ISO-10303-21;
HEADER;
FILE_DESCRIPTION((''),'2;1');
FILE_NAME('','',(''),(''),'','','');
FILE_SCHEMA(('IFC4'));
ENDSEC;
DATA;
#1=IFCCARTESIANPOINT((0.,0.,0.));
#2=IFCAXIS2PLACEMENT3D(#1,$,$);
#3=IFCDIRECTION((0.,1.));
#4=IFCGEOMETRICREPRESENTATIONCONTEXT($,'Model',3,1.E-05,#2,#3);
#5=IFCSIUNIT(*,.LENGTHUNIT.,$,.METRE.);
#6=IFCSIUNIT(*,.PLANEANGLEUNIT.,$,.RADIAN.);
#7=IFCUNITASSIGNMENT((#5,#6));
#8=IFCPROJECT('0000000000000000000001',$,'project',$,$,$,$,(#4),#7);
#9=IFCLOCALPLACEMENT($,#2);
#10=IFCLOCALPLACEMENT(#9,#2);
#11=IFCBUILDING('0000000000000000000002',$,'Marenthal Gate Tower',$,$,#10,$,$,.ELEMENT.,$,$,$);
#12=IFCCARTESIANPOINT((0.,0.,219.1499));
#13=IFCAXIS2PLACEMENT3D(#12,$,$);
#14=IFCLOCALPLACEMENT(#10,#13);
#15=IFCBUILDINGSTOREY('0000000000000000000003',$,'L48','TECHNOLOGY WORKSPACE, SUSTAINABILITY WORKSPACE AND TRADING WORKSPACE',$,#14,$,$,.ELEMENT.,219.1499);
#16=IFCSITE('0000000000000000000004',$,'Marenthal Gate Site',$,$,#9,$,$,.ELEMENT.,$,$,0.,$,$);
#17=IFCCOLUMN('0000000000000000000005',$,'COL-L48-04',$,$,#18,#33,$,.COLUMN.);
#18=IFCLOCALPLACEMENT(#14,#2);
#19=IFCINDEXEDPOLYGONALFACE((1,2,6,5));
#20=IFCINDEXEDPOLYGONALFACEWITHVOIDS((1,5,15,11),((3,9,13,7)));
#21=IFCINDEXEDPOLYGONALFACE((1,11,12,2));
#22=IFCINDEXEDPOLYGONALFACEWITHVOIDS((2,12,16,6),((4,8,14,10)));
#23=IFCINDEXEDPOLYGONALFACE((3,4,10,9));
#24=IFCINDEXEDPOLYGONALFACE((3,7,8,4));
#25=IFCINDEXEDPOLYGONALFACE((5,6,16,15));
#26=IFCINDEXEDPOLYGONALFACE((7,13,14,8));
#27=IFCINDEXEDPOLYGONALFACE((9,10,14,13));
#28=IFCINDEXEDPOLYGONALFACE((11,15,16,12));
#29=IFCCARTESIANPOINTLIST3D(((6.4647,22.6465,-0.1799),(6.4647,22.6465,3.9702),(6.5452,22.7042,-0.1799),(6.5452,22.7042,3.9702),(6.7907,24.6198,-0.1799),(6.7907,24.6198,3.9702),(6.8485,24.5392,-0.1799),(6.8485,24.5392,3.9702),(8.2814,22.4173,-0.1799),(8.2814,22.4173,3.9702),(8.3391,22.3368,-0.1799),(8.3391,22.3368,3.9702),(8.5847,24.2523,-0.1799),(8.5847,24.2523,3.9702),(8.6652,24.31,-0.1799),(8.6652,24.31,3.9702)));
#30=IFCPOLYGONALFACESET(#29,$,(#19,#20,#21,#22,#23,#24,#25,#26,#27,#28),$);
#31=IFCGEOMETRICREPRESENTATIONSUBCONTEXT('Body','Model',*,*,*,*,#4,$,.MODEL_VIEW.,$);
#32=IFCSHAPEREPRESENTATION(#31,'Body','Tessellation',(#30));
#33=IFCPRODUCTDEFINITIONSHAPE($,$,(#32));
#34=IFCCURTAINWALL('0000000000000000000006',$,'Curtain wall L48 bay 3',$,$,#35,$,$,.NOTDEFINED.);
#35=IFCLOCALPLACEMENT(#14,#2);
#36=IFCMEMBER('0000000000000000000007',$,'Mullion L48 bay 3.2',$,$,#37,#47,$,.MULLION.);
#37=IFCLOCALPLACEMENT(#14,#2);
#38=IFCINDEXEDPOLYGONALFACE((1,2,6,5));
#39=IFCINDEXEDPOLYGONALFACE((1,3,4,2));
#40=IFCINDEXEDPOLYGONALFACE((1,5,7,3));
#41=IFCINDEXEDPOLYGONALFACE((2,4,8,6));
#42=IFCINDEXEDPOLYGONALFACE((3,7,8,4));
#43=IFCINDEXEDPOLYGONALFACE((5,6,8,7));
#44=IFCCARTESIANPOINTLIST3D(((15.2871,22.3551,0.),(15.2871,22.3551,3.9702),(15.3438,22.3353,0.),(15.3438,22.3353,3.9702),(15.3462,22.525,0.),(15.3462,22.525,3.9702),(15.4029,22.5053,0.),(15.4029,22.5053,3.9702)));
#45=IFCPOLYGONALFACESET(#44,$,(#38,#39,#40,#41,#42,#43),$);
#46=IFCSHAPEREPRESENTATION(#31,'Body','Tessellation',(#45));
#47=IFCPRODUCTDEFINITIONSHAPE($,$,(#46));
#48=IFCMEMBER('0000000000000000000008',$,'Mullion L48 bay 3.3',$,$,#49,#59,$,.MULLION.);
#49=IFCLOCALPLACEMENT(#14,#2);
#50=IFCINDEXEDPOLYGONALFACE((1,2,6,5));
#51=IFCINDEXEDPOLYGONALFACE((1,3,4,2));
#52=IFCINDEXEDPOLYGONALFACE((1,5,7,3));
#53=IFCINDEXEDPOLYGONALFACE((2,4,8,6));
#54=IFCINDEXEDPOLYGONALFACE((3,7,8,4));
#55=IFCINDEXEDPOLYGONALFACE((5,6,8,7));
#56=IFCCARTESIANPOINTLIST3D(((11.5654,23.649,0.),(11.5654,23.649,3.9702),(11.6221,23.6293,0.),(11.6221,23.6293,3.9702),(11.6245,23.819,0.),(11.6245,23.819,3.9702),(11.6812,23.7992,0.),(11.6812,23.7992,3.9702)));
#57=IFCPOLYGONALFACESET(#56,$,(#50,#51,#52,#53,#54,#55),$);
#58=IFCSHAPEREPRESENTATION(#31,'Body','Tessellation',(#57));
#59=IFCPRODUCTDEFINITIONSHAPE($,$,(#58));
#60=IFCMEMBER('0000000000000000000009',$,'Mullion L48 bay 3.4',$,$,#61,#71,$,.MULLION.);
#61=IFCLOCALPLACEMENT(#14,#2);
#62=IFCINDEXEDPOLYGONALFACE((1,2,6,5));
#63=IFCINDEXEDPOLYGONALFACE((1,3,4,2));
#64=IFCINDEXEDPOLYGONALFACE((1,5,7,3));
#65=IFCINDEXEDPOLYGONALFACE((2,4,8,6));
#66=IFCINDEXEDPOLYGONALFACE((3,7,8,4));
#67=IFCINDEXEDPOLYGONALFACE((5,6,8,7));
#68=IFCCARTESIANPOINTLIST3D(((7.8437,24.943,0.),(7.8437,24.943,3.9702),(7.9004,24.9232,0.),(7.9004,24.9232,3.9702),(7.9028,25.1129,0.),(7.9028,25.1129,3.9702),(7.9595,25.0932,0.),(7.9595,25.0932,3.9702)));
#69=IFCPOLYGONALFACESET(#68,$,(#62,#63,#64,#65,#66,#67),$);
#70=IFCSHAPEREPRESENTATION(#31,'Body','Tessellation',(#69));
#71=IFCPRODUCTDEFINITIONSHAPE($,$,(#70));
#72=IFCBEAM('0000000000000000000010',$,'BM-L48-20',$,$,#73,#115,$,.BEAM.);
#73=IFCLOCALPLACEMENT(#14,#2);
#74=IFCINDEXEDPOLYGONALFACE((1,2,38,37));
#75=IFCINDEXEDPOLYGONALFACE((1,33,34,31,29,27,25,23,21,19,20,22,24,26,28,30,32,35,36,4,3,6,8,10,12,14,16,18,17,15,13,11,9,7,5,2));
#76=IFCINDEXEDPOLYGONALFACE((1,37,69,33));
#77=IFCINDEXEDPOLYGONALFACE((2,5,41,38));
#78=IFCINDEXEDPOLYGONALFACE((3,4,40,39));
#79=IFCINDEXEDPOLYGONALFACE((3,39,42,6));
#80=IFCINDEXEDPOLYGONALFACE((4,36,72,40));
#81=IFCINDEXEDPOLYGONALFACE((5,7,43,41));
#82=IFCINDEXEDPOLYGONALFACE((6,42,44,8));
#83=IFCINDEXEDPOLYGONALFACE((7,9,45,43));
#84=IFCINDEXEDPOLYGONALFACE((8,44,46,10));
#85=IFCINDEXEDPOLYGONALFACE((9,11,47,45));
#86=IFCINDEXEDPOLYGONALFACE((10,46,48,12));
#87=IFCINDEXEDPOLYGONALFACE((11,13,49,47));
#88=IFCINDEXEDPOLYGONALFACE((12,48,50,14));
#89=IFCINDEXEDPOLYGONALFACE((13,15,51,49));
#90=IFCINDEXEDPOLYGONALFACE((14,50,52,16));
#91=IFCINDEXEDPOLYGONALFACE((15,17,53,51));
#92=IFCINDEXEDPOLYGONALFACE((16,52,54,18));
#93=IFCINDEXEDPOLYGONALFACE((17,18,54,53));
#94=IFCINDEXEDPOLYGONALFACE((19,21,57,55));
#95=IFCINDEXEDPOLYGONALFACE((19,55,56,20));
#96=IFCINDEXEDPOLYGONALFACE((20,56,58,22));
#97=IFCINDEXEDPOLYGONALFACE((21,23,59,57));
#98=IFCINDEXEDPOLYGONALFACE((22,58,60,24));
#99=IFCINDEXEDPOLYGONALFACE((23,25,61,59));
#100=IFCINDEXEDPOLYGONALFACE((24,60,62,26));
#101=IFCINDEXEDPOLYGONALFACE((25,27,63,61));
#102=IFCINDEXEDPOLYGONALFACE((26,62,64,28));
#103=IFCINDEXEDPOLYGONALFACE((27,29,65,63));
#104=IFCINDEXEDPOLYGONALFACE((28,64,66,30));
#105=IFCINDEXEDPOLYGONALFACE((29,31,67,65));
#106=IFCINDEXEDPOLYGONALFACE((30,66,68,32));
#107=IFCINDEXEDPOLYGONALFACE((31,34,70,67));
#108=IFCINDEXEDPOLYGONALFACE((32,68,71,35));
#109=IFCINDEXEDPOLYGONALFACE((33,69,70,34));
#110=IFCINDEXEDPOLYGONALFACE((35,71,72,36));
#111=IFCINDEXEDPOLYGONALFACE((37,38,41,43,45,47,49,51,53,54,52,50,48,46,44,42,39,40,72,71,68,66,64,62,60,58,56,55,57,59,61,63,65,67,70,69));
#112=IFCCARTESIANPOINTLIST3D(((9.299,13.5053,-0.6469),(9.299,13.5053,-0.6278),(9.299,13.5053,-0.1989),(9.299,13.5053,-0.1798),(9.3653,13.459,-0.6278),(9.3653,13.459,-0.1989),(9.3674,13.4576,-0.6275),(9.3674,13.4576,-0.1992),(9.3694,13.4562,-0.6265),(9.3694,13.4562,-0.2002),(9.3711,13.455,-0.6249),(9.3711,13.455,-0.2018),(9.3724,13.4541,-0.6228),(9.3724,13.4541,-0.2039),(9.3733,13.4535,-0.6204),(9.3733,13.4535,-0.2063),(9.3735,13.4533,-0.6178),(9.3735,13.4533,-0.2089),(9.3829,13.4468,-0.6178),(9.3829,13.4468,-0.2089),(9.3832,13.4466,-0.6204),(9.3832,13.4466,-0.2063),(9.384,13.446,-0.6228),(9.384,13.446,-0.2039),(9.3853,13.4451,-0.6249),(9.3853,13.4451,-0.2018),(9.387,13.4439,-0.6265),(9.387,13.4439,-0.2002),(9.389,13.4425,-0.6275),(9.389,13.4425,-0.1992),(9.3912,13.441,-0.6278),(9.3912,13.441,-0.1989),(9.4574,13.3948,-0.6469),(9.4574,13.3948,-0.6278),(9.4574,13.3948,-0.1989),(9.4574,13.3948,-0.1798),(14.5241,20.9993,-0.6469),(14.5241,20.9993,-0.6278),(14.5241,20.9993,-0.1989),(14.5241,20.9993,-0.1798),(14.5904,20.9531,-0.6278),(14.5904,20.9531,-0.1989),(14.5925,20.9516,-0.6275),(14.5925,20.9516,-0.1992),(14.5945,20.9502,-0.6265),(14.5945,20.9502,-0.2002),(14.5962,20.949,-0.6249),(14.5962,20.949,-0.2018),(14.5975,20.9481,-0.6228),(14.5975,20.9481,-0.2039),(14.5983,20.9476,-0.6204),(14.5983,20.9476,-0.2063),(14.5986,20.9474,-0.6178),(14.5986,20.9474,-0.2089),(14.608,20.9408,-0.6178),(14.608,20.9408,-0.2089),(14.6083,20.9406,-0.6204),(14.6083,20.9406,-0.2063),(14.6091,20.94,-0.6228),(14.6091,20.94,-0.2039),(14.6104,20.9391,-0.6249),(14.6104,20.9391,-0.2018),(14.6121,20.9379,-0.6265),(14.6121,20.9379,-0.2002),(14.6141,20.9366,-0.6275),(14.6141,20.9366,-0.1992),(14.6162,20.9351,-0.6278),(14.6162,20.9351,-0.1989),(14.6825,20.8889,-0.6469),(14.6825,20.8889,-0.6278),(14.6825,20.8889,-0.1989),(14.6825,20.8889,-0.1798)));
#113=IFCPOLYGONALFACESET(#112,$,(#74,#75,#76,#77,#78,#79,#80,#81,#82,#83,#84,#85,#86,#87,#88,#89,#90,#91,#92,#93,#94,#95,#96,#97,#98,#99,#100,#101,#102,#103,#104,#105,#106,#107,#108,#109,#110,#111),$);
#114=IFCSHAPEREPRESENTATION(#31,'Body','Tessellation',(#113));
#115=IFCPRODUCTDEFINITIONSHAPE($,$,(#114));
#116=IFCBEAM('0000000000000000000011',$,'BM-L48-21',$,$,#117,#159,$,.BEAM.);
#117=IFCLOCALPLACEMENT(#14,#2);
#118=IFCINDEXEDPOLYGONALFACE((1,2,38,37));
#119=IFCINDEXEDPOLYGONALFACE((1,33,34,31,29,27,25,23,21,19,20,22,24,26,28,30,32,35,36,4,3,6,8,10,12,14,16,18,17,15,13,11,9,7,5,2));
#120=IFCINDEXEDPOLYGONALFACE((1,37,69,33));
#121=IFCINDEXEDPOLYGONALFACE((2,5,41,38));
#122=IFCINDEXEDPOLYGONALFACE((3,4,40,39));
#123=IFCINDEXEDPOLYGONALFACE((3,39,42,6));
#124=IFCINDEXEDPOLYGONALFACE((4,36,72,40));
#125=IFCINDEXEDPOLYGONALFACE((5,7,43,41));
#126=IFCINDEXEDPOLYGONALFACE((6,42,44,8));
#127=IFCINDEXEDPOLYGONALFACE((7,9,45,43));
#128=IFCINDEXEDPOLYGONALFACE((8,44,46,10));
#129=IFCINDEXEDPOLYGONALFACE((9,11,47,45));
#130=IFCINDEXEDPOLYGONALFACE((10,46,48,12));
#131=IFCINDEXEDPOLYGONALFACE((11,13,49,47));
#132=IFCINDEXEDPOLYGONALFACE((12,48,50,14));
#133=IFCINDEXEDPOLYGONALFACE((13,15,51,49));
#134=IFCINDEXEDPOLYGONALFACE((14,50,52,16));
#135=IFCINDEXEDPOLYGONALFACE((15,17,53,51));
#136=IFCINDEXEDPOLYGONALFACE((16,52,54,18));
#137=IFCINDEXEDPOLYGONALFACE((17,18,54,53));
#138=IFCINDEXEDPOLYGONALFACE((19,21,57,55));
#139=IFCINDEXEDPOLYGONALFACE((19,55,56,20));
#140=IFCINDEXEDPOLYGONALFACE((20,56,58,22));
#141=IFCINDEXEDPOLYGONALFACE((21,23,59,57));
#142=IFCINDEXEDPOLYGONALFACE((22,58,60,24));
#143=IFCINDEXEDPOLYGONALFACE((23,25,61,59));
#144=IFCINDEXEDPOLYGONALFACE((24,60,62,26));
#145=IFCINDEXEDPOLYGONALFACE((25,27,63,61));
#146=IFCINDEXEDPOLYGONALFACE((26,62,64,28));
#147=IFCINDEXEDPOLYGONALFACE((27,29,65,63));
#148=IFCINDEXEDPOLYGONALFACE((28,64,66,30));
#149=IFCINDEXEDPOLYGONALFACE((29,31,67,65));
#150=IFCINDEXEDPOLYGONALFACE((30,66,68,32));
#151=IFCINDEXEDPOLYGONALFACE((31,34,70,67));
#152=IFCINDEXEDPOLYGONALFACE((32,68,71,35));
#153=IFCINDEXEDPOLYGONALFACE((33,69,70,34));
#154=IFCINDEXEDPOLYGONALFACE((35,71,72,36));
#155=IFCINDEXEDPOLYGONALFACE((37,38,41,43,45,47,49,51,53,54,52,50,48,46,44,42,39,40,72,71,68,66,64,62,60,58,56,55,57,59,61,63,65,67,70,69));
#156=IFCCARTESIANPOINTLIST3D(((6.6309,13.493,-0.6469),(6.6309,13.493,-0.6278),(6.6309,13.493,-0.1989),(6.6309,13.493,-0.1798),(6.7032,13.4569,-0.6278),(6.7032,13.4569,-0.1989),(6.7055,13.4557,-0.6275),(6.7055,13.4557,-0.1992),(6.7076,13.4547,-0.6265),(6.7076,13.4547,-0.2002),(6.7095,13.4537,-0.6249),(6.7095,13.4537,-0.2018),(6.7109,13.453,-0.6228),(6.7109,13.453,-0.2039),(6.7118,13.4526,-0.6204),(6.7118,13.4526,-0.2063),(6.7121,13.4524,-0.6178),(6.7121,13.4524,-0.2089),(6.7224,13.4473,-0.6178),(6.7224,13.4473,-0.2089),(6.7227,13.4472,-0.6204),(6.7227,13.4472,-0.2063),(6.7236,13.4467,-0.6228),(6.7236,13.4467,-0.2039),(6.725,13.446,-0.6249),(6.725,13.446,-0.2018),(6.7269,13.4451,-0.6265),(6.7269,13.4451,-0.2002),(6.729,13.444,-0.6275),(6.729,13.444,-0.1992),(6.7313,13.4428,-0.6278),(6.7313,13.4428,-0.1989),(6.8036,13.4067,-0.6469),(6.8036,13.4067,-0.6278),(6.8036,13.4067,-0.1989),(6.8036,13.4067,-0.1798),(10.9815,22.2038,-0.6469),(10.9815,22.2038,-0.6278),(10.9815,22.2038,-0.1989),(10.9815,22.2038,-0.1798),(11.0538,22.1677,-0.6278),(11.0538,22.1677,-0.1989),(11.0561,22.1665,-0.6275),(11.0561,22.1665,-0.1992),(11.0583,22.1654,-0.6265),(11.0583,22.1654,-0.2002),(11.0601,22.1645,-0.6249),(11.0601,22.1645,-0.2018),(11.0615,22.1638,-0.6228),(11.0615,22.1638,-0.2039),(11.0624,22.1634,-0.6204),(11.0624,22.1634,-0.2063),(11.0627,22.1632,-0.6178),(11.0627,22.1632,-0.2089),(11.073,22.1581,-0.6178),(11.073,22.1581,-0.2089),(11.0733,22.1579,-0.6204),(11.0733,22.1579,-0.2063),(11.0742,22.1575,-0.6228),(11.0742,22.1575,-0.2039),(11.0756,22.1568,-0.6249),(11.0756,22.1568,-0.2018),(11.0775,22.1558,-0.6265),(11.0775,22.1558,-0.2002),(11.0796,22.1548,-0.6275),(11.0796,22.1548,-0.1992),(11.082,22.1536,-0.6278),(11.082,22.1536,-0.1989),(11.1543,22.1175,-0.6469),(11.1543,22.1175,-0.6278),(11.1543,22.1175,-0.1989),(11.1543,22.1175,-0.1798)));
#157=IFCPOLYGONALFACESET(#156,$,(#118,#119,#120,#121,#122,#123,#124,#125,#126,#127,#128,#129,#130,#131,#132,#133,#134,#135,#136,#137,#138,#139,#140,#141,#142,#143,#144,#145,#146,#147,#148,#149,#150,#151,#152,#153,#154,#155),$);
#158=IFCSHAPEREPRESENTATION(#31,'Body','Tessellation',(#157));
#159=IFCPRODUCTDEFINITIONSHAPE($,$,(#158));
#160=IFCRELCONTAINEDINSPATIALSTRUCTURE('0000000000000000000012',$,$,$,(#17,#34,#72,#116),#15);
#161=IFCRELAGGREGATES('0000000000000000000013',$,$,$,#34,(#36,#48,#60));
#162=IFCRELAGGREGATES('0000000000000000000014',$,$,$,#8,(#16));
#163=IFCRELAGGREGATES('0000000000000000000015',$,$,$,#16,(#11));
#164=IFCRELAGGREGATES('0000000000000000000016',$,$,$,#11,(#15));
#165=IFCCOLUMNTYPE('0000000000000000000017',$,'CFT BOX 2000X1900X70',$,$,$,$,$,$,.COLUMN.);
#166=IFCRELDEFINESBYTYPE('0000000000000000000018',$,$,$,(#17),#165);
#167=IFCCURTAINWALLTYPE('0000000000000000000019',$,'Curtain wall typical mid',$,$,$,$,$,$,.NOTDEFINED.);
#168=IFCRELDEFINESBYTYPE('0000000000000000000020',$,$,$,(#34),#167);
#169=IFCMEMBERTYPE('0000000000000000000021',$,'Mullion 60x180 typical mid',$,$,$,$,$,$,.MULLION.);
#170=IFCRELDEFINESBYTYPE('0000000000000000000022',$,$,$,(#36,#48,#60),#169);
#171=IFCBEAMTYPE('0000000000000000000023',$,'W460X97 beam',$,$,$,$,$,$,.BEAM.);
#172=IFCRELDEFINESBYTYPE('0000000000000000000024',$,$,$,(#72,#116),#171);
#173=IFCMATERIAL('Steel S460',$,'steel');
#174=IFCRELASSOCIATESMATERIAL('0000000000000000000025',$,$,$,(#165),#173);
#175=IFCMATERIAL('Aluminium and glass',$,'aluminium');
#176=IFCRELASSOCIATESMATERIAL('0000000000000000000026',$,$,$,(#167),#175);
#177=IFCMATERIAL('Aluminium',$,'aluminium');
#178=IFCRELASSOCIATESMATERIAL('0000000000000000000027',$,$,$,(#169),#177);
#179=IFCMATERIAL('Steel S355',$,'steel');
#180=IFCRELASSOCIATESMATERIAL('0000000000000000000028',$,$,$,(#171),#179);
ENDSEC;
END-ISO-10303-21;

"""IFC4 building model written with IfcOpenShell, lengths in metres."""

from ifc_helpers import new_model, si_unit, direction, frame, origin, origin_2d, place, context, subcontext, project, spatial, rectangle, hollow_rectangle, i_section, extrude, material, material_profile, profile_set, type_object, element, aggregate, save


model = new_model("IFC4")

# Units and contexts
model_context = context("Model", 3, precision=1e-05, world=origin(), true_north=direction((0.0, 1.0)))
body_context = subcontext(model_context, "Body", "Model", "MODEL_VIEW")
ifc_project = project(units=[si_unit("LENGTHUNIT", "METRE"), si_unit("PLANEANGLEUNIT", "RADIAN")], contexts=[model_context])

# Site, building, storey
site_placement = place(None, origin())
site = spatial("IfcSite", under=ifc_project, at=site_placement, Name="Marenthal Gate Site", CompositionType="ELEMENT", RefElevation=0.0)
building_placement = place(site_placement, origin())
building = spatial("IfcBuilding", under=site, at=building_placement, Name="Marenthal Gate Tower", CompositionType="ELEMENT")
storey_placement = place(building_placement, frame((0.0, 0.0, 219.1499)))
storey = spatial("IfcBuildingStorey", under=building, at=storey_placement, Name="L48", Description="TECHNOLOGY WORKSPACE, SUSTAINABILITY WORKSPACE AND TRADING WORKSPACE", CompositionType="ELEMENT", Elevation=219.1499)

# Column
ifc_material_1 = material(Name="Steel S460", Category="steel")
ifc_material_profile_1 = material_profile(ifc_material_1, hollow_rectangle(XDim=1.8999, YDim=2.0, WallThickness=0.0701, at=origin_2d()), Name="CFT BOX 2000X1900X70")
ifc_material_2 = material(Name="Concrete 70 MPa", Category="concrete")
ifc_material_profile_2 = material_profile(ifc_material_2, rectangle(XDim=1.76, YDim=1.8601, at=origin_2d()), Name="CFT BOX 2000X1900X70 INFILL")
ifc_profile_set_1 = profile_set([ifc_material_profile_1, ifc_material_profile_2], Name="Steel S460 shell, Concrete 70 MPa infill")
column_type = type_object("IfcColumnType", Name="CFT BOX 2000X1900X70", PredefinedType="COLUMN", material=ifc_profile_set_1)
column_placement = place(storey_placement, frame((7.5649, 23.4783, -0.1799), z_axis=(0.0, 0.0, 1.0), x_axis=(0.986619, -0.163044, 0.0)))
element("IfcColumn", 1, at=column_placement, inside=storey, type_object=column_type, Name="COL-L48-04", PredefinedType="COLUMN", context=body_context, shape_type="SweptSolid", body=[
    extrude(hollow_rectangle(XDim=1.8999, YDim=2.0, WallThickness=0.0701, at=origin_2d()), origin(), (0.0, 0.0, 1.0), 4.1501),
])

# Curtain wall, members
ifc_material_3 = material(Name="Aluminium and glass", Category="aluminium")
curtain_wall_type = type_object("IfcCurtainWallType", Name="Curtain wall typical mid", PredefinedType="NOTDEFINED", material=ifc_material_3)
curtain_wall_placement = place(storey_placement, origin())
curtain_wall = element("IfcCurtainWall", 2, at=curtain_wall_placement, inside=storey, type_object=curtain_wall_type, Name="Curtain wall L48 bay 3", PredefinedType="NOTDEFINED")
ifc_material_4 = material(Name="Aluminium", Category="aluminium")
ifc_material_profile_3 = material_profile(ifc_material_4, rectangle(XDim=0.1799, YDim=0.0601, at=origin_2d()), Name="60x180 aluminium mullion")
ifc_profile_set_2 = profile_set([ifc_material_profile_3], Name="Aluminium")
member_type = type_object("IfcMemberType", Name="Mullion 60x180 typical mid", PredefinedType="MULLION", material=ifc_profile_set_2)
member_1_placement = place(storey_placement, frame((15.345, 22.4302, 0.0), z_axis=(0.0, 0.0, 1.0), x_axis=(-0.3284, -0.944539, 0.0)))
member_1 = element("IfcMember", 3, at=member_1_placement, type_object=member_type, Name="Mullion L48 bay 3.2", PredefinedType="MULLION", context=body_context, shape_type="SweptSolid", body=[
    extrude(rectangle(XDim=0.1799, YDim=0.0601, at=origin_2d()), origin(), (0.0, 0.0, 1.0), 3.9702),
])
member_2_placement = place(storey_placement, frame((11.6233, 23.7241, 0.0), z_axis=(0.0, 0.0, 1.0), x_axis=(-0.3284, -0.944539, 0.0)))
member_2 = element("IfcMember", 4, at=member_2_placement, type_object=member_type, Name="Mullion L48 bay 3.3", PredefinedType="MULLION", context=body_context, shape_type="SweptSolid", body=[
    extrude(rectangle(XDim=0.1799, YDim=0.0601, at=origin_2d()), origin(), (0.0, 0.0, 1.0), 3.9702),
])
member_3_placement = place(storey_placement, frame((7.9016, 25.0181, 0.0), z_axis=(0.0, 0.0, 1.0), x_axis=(-0.3284, -0.944539, 0.0)))
member_3 = element("IfcMember", 5, at=member_3_placement, type_object=member_type, Name="Mullion L48 bay 3.4", PredefinedType="MULLION", context=body_context, shape_type="SweptSolid", body=[
    extrude(rectangle(XDim=0.1799, YDim=0.0601, at=origin_2d()), origin(), (0.0, 0.0, 1.0), 3.9702),
])

# Beams
ifc_material_5 = material(Name="Steel S355", Category="steel")
ifc_material_profile_4 = material_profile(ifc_material_5, i_section(OverallWidth=0.1931, OverallDepth=0.467, WebThickness=0.0115, FlangeThickness=0.019, FilletRadius=0.01, at=origin_2d()), Name="W460X97")
ifc_profile_set_3 = profile_set([ifc_material_profile_4], Name="Steel S355")
beam_type_1 = type_object("IfcBeamType", Name="W460X97 beam", PredefinedType="BEAM", material=ifc_profile_set_3)
beam_1_placement = place(storey_placement, frame((14.6033, 20.9441, -0.4133), z_axis=(-0.571933, -0.8203, 0.0), x_axis=(0.8203, -0.571933, 0.0)))
element("IfcBeam", 6, at=beam_1_placement, inside=storey, type_object=beam_type_1, Name="BM-L48-20", PredefinedType="BEAM", context=body_context, shape_type="SweptSolid", body=[
    extrude(i_section(OverallWidth=0.1931, OverallDepth=0.467, WebThickness=0.0115, FlangeThickness=0.019, FilletRadius=0.01, at=origin_2d()), origin(), (0.0, 0.0, 1.0), 9.1357),
])
beam_2_placement = place(storey_placement, frame((11.0679, 22.1606, -0.4133), z_axis=(-0.446822, -0.894623, 0.0), x_axis=(0.894623, -0.446822, 0.0)))
element("IfcBeam", 7, at=beam_2_placement, inside=storey, type_object=beam_type_1, Name="BM-L48-21", PredefinedType="BEAM", context=body_context, shape_type="SweptSolid", body=[
    extrude(i_section(OverallWidth=0.1931, OverallDepth=0.467, WebThickness=0.0115, FlangeThickness=0.019, FilletRadius=0.01, at=origin_2d()), origin(), (0.0, 0.0, 1.0), 9.7368),
])

aggregate(curtain_wall, [member_1, member_2, member_3])

save(model, "model.ifc")
